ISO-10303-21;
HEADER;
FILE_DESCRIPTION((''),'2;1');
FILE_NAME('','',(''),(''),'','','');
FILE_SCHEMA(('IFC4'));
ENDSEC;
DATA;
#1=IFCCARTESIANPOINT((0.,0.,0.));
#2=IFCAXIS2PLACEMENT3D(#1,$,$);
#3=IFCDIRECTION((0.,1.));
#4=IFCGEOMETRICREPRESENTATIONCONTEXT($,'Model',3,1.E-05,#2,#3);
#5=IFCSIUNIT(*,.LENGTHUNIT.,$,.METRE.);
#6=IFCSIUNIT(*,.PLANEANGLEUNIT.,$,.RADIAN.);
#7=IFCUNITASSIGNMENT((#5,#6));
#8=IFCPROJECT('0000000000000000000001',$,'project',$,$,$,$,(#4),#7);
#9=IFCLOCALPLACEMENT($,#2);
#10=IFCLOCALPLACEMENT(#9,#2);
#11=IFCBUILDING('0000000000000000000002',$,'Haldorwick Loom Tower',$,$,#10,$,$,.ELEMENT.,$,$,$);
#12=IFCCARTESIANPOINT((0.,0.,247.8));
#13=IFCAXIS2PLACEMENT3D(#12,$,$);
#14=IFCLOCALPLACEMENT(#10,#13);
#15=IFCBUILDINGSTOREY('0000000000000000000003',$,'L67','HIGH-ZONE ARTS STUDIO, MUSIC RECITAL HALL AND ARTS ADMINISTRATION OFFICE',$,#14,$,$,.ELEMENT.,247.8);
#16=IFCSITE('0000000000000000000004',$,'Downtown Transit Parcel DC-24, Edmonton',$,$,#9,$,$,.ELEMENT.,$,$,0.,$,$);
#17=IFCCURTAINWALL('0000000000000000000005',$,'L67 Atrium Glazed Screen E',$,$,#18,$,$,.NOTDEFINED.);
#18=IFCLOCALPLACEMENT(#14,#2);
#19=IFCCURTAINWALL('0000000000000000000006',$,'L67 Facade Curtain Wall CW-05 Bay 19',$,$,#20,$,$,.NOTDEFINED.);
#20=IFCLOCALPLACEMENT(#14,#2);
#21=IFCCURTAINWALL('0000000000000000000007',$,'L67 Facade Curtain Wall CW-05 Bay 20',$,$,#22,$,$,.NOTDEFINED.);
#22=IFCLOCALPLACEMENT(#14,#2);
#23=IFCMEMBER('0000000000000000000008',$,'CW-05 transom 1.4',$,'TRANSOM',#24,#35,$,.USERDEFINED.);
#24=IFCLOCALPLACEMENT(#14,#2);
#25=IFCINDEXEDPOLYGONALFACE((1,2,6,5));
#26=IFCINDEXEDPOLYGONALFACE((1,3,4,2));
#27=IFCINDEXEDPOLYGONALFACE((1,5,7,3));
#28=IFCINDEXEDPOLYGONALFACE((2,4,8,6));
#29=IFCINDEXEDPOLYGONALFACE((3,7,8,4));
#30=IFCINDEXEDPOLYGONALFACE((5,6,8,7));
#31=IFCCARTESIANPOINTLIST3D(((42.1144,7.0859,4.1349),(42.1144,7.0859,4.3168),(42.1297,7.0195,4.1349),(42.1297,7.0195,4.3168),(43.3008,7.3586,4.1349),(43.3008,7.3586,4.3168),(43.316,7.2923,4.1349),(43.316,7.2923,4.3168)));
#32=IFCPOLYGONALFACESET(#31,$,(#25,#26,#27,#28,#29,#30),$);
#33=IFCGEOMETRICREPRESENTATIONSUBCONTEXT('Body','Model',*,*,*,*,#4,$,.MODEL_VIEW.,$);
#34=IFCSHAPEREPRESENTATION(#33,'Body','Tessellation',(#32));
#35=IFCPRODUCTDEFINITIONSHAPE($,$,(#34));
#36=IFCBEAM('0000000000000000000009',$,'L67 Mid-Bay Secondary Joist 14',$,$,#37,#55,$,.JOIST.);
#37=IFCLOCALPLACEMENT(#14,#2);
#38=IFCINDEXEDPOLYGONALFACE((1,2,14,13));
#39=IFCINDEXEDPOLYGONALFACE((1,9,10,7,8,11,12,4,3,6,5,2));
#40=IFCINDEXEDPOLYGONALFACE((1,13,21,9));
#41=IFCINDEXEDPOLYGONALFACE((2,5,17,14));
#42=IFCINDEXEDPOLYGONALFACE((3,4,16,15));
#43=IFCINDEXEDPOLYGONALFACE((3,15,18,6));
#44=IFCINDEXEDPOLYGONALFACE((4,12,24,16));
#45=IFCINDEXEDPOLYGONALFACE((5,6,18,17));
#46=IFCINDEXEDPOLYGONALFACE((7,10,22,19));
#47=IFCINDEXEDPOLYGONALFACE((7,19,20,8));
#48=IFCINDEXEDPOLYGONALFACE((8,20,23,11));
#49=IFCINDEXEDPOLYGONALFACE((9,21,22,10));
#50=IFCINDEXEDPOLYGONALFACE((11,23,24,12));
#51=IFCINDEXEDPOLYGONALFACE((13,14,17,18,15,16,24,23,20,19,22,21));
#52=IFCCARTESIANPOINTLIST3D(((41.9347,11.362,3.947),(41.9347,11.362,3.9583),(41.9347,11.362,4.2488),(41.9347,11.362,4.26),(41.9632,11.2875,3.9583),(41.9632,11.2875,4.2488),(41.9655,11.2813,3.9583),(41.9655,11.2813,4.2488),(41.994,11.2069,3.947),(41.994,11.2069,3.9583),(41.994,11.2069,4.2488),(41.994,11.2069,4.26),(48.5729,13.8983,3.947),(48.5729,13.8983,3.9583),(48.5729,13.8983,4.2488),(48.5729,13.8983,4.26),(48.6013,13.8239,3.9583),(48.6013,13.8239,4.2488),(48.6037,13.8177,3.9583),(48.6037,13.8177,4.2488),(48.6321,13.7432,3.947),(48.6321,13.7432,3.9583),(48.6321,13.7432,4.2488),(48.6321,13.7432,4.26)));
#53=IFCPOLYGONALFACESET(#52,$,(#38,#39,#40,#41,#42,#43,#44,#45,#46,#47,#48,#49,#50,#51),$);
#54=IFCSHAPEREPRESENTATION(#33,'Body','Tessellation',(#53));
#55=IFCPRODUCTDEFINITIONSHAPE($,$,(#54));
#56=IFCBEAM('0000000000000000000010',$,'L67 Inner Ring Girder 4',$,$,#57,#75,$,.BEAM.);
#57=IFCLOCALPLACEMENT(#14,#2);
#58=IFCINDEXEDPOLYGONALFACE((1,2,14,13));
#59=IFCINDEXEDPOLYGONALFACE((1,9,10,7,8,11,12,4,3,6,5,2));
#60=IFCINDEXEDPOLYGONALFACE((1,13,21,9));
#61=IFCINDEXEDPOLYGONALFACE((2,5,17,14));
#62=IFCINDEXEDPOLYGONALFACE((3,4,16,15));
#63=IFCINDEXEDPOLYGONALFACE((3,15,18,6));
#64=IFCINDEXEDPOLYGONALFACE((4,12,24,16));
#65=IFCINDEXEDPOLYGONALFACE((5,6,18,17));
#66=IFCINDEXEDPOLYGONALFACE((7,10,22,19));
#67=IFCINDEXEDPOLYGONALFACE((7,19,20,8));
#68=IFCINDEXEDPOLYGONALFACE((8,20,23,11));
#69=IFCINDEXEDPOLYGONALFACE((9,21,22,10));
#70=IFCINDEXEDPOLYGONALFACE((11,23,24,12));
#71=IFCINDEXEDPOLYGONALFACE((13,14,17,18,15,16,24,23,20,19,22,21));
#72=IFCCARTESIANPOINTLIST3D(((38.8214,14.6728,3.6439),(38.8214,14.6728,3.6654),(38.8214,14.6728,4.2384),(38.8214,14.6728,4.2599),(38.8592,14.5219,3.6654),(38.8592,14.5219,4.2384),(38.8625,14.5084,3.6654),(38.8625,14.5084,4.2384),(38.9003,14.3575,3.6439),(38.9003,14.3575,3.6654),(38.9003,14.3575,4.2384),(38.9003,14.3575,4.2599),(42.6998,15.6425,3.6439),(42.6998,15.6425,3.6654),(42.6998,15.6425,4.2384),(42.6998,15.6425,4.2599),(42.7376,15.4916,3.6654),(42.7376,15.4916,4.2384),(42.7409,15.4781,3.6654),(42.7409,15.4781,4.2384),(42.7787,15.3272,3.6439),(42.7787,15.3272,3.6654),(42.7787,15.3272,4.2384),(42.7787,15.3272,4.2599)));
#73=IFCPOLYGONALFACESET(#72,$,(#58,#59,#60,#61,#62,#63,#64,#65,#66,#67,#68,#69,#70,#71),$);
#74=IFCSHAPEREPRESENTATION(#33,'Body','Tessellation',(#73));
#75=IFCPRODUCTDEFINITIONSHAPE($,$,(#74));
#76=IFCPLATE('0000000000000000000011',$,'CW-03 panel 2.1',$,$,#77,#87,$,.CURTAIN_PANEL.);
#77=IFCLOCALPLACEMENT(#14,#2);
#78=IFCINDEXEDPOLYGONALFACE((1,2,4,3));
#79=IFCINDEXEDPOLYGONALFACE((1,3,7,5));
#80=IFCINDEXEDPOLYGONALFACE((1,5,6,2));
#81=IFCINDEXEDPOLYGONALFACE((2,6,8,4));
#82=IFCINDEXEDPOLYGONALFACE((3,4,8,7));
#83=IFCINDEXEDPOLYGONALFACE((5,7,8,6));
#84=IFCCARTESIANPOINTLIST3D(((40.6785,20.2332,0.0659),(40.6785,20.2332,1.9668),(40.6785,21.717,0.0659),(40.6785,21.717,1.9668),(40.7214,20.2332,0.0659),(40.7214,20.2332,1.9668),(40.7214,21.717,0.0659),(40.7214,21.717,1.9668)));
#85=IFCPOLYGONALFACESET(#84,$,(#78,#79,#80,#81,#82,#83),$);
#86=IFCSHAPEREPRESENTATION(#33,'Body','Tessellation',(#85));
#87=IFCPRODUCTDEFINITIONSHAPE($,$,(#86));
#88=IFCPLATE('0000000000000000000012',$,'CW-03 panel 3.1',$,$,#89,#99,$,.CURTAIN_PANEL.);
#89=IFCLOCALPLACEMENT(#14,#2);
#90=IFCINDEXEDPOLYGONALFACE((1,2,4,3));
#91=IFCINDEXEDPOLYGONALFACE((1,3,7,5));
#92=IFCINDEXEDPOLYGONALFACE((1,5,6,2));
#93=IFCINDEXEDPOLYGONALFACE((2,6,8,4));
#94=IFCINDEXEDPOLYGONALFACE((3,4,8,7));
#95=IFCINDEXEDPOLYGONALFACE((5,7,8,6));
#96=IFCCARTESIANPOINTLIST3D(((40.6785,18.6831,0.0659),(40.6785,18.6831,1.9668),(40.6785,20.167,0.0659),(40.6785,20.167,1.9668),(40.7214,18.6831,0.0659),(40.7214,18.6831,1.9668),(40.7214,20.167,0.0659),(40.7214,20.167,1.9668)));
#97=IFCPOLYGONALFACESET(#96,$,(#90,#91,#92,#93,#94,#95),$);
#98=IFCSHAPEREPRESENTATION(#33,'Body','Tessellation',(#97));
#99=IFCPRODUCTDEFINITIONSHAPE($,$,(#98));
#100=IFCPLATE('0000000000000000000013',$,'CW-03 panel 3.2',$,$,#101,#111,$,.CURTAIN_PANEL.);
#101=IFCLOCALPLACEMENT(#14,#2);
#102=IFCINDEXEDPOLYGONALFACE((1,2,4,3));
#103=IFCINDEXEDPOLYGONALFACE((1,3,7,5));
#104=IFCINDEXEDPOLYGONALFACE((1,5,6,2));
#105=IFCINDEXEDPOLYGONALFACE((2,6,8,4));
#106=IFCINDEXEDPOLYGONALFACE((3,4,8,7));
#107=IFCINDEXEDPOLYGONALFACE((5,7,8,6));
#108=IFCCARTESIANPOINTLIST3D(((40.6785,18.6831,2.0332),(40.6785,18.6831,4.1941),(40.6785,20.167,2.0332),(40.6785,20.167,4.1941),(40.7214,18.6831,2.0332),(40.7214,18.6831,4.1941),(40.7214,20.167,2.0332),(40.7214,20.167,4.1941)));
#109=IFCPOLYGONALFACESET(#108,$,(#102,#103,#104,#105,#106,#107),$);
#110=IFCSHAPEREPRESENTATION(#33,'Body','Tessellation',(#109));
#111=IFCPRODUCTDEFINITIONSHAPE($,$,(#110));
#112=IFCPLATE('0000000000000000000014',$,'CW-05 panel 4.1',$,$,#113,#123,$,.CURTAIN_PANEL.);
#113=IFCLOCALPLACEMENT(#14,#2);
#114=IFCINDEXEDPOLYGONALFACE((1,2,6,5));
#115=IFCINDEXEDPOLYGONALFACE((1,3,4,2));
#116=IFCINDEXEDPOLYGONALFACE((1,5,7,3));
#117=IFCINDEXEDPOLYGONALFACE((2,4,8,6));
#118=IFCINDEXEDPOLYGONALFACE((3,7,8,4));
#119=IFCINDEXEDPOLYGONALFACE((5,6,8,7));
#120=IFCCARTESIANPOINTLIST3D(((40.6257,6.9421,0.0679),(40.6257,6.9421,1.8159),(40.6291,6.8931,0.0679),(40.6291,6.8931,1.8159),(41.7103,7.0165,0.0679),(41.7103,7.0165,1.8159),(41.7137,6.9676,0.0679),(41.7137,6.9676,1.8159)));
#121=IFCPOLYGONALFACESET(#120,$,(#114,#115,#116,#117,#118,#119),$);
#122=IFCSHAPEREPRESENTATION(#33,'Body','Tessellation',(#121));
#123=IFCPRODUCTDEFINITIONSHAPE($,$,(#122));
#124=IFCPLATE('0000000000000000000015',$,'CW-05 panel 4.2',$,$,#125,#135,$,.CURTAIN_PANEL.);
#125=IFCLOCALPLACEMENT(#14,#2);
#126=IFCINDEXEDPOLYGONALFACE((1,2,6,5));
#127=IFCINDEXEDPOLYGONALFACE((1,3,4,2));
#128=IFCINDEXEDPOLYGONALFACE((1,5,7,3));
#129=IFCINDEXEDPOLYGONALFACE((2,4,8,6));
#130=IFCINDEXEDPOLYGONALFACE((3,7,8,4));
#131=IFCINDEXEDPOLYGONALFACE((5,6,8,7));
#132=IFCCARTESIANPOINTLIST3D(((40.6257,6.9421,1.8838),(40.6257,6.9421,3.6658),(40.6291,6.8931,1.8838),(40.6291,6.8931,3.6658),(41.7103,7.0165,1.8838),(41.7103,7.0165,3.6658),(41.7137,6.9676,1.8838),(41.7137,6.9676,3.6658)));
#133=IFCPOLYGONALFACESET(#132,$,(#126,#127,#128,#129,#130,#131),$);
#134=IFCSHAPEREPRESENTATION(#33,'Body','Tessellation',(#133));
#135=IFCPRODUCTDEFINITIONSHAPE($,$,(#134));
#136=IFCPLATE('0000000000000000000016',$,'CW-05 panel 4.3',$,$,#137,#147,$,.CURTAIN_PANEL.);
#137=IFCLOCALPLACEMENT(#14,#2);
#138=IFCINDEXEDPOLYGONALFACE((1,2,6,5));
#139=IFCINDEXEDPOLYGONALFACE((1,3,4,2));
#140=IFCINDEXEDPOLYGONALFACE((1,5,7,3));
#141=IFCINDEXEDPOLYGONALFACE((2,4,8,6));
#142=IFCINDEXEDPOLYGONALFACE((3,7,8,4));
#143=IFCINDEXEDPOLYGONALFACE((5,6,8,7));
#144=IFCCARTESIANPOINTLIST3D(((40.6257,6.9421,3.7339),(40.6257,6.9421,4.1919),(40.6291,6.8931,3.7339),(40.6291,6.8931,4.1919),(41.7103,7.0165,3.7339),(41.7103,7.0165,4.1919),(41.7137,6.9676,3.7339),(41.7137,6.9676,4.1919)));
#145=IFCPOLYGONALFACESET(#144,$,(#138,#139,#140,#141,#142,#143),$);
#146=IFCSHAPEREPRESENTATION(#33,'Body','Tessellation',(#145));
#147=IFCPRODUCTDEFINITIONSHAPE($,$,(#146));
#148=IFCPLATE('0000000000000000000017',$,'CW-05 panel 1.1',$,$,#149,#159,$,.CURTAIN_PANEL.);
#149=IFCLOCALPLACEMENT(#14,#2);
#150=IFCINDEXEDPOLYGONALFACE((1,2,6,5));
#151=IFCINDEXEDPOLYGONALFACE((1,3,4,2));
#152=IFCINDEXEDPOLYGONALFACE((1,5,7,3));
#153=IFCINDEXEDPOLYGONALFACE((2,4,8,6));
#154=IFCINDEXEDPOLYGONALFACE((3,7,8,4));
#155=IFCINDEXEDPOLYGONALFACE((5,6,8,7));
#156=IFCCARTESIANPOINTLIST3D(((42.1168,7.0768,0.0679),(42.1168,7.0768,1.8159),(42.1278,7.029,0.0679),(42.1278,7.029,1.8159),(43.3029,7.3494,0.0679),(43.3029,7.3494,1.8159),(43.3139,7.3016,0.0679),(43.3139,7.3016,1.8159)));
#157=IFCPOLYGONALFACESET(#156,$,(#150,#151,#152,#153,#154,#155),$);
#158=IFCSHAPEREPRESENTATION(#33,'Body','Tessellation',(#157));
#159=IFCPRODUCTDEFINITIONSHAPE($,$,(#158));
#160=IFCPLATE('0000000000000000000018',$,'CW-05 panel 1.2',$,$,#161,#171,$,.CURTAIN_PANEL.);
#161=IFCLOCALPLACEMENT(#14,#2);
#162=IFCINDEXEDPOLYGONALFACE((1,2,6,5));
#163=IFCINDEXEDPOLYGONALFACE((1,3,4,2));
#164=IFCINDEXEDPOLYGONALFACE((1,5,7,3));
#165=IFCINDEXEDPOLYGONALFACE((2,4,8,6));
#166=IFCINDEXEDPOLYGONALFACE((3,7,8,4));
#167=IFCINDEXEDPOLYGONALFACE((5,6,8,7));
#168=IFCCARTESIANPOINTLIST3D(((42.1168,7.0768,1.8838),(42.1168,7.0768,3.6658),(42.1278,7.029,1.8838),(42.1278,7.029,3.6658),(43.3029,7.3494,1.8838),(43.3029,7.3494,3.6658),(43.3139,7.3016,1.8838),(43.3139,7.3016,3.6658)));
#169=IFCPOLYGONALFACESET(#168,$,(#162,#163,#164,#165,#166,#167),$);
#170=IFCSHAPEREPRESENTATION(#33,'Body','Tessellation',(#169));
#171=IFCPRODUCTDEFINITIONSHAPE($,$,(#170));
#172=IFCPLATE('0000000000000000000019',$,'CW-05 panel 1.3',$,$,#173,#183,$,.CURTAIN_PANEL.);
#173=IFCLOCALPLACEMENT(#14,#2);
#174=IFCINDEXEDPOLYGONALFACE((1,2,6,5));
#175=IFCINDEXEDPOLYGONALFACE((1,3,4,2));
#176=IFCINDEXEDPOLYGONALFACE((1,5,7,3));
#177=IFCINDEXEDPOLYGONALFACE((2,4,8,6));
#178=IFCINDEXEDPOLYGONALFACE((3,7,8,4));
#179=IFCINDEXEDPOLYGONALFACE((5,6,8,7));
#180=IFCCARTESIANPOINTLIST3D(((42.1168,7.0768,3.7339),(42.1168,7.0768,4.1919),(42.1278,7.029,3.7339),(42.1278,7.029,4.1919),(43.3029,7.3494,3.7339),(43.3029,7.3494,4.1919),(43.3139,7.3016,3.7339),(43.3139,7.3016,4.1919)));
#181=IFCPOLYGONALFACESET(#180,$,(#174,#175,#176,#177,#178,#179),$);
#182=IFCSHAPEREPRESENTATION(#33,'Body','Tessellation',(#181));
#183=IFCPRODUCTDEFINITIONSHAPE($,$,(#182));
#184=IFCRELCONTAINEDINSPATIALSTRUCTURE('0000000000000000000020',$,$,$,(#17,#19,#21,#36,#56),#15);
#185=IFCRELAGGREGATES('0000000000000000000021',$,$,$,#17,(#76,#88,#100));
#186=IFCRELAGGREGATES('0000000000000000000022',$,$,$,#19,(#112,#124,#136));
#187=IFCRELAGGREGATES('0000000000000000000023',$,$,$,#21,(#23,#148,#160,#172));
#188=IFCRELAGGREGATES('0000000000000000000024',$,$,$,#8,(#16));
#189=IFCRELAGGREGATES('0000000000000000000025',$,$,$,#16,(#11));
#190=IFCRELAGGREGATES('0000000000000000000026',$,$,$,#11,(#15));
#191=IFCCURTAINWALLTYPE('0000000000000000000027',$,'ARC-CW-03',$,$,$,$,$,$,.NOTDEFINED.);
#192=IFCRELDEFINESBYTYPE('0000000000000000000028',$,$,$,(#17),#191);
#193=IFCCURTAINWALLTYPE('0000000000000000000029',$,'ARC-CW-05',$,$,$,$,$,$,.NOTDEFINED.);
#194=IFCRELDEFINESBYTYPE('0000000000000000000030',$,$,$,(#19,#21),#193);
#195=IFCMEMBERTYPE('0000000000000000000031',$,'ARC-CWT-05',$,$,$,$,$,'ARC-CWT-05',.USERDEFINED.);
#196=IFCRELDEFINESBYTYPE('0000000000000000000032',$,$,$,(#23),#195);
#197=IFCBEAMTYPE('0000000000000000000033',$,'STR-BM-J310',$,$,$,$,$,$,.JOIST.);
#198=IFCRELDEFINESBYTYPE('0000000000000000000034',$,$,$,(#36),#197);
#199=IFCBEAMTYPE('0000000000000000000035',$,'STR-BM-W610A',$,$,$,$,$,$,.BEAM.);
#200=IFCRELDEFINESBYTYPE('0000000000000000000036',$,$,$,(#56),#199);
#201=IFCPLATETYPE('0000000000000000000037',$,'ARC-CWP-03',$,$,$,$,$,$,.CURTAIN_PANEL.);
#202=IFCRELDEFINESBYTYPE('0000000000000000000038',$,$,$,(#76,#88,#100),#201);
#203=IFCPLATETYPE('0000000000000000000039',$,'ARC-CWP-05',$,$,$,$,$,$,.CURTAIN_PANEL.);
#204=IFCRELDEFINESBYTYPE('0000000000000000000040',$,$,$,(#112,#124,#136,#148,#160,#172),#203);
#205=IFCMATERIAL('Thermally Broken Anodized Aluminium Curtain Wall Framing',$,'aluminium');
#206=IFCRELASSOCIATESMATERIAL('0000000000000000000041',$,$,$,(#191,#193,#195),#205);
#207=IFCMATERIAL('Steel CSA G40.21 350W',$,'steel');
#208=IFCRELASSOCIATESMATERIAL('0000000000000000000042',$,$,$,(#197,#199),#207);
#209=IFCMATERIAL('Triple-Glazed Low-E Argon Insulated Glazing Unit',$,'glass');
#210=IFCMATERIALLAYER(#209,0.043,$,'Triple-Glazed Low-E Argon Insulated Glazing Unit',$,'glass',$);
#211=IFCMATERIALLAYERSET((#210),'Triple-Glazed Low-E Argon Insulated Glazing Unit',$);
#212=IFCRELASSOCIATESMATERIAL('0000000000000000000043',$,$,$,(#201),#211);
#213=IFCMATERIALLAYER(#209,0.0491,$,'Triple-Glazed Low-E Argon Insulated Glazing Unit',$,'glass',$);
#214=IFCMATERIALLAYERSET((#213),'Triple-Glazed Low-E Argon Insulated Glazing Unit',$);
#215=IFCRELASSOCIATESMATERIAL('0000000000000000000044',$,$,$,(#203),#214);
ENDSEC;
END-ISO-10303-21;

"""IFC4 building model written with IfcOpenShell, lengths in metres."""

from ifc_helpers import new_model, si_unit, direction, frame, origin, origin_2d, place, context, subcontext, project, spatial, rectangle, i_section, extrude, material, layer, layer_set, material_profile, profile_set, type_object, element, aggregate, save


model = new_model("IFC4")

# Units and contexts
model_context = context("Model", 3, precision=1e-05, world=origin(), true_north=direction((0.0, 1.0)))
body_context = subcontext(model_context, "Body", "Model", "MODEL_VIEW")
ifc_project = project(units=[si_unit("LENGTHUNIT", "METRE"), si_unit("PLANEANGLEUNIT", "RADIAN")], contexts=[model_context])

# Site, building, storey
site_placement = place(None, origin())
site = spatial("IfcSite", under=ifc_project, at=site_placement, Name="Downtown Transit Parcel DC-24, Edmonton", CompositionType="ELEMENT", RefElevation=0.0)
building_placement = place(site_placement, origin())
building = spatial("IfcBuilding", under=site, at=building_placement, Name="Haldorwick Loom Tower", CompositionType="ELEMENT")
storey_placement = place(building_placement, frame((0.0, 0.0, 247.8)))
storey = spatial("IfcBuildingStorey", under=building, at=storey_placement, Name="L67", Description="HIGH-ZONE ARTS STUDIO, MUSIC RECITAL HALL AND ARTS ADMINISTRATION OFFICE", CompositionType="ELEMENT", Elevation=247.8)

# Curtain wall
ifc_material_1 = material(Name="Thermally Broken Anodized Aluminium Curtain Wall Framing", Category="aluminium")
curtain_wall_type_1 = type_object("IfcCurtainWallType", Name="ARC-CW-03", PredefinedType="NOTDEFINED", material=ifc_material_1)
curtain_wall_1_placement = place(storey_placement, origin())
curtain_wall_1 = element("IfcCurtainWall", 1, at=curtain_wall_1_placement, inside=storey, type_object=curtain_wall_type_1, Name="L67 Atrium Glazed Screen E", PredefinedType="NOTDEFINED")

# Curtain wall
curtain_wall_type_2 = type_object("IfcCurtainWallType", Name="ARC-CW-05", PredefinedType="NOTDEFINED", material=ifc_material_1)
curtain_wall_2_placement = place(storey_placement, origin())
curtain_wall_2 = element("IfcCurtainWall", 2, at=curtain_wall_2_placement, inside=storey, type_object=curtain_wall_type_2, Name="L67 Facade Curtain Wall CW-05 Bay 19", PredefinedType="NOTDEFINED")

# Curtain wall
curtain_wall_3_placement = place(storey_placement, origin())
curtain_wall_3 = element("IfcCurtainWall", 3, at=curtain_wall_3_placement, inside=storey, type_object=curtain_wall_type_2, Name="L67 Facade Curtain Wall CW-05 Bay 20", PredefinedType="NOTDEFINED")

# Member
ifc_material_profile_1 = material_profile(ifc_material_1, rectangle(XDim=0.0681, YDim=0.1819, at=origin_2d()), Name="ALU_TRN_68X182", Category="aluminium")
ifc_profile_set_1 = profile_set([ifc_material_profile_1], Name="Thermally Broken Anodized Aluminium Curtain Wall Framing")
member_type_1 = type_object("IfcMemberType", Name="ARC-CWT-05", ElementType="ARC-CWT-05", PredefinedType="USERDEFINED", material=ifc_profile_set_1)
member_1_placement = place(storey_placement, frame((42.1221, 7.0527, 4.2258), z_axis=(0.97458, 0.224039, 0.0), x_axis=(-0.224039, 0.97458, 0.0)))
member_1 = element("IfcMember", 4, at=member_1_placement, type_object=member_type_1, Name="CW-05 transom 1.4", ObjectType="TRANSOM", PredefinedType="USERDEFINED", context=body_context, shape_type="SweptSolid", body=[
    extrude(rectangle(XDim=0.0681, YDim=0.1819, at=origin_2d()), origin(), (0.0, 0.0, 1.0), 1.2173),
])

# Beams
ifc_material_2 = material(Name="Steel CSA G40.21 350W", Category="steel")
ifc_material_profile_2 = material_profile(ifc_material_2, i_section(OverallWidth=0.166, OverallDepth=0.313, WebThickness=0.0066, FlangeThickness=0.0112, at=origin_2d()), Name="W310X45", Category="steel")
ifc_profile_set_2 = profile_set([ifc_material_profile_2], Name="Steel CSA G40.21 350W")
beam_type_1 = type_object("IfcBeamType", Name="STR-BM-J310", PredefinedType="JOIST", material=ifc_profile_set_2)
beam_1_placement = place(storey_placement, frame((41.9644, 11.2844, 4.1035), z_axis=(0.934134, 0.356922, 0.0), x_axis=(-0.356922, 0.934134, 0.0)))
element("IfcBeam", 5, at=beam_1_placement, inside=storey, type_object=beam_type_1, Name="L67 Mid-Bay Secondary Joist 14", PredefinedType="JOIST", context=body_context, shape_type="SweptSolid", body=[
    extrude(i_section(OverallWidth=0.166, OverallDepth=0.313, WebThickness=0.0066, FlangeThickness=0.0112, at=origin_2d()), origin(), (0.0, 0.0, 1.0), 7.1062),
])
ifc_material_profile_3 = material_profile(ifc_material_2, i_section(OverallWidth=0.325, OverallDepth=0.616, WebThickness=0.0139, FlangeThickness=0.0215, at=origin_2d()), Name="W610X174", Category="steel")
ifc_profile_set_3 = profile_set([ifc_material_profile_3], Name="Steel CSA G40.21 350W")
beam_type_2 = type_object("IfcBeamType", Name="STR-BM-W610A", PredefinedType="BEAM", material=ifc_profile_set_3)
beam_2_placement = place(storey_placement, frame((42.7393, 15.4849, 3.9519), z_axis=(-0.970135, -0.242564, 0.0), x_axis=(0.242564, -0.970135, 0.0)))
element("IfcBeam", 6, at=beam_2_placement, inside=storey, type_object=beam_type_2, Name="L67 Inner Ring Girder 4", PredefinedType="BEAM", context=body_context, shape_type="SweptSolid", body=[
    extrude(i_section(OverallWidth=0.325, OverallDepth=0.616, WebThickness=0.0139, FlangeThickness=0.0215, at=origin_2d()), origin(), (0.0, 0.0, 1.0), 3.9978),
])

# Plates
ifc_material_3 = material(Name="Triple-Glazed Low-E Argon Insulated Glazing Unit", Category="glass")
ifc_layer_1 = layer(ifc_material_3, 0.043, Name="Triple-Glazed Low-E Argon Insulated Glazing Unit", Category="glass")
ifc_layer_set_1 = layer_set([ifc_layer_1], Name="Triple-Glazed Low-E Argon Insulated Glazing Unit")
plate_type_1 = type_object("IfcPlateType", Name="ARC-CWP-03", PredefinedType="CURTAIN_PANEL", material=ifc_layer_set_1)
plate_1_placement = place(storey_placement, frame((40.7, 20.9751, 0.0659), z_axis=(0.0, 0.0, 1.0), x_axis=(0.0, -1.0, 0.0)))
plate_1 = element("IfcPlate", 7, at=plate_1_placement, type_object=plate_type_1, Name="CW-03 panel 2.1", PredefinedType="CURTAIN_PANEL", context=body_context, shape_type="SweptSolid", body=[
    extrude(rectangle(XDim=1.4839, YDim=0.043, at=origin_2d()), origin(), (0.0, 0.0, 1.0), 1.9009),
])
plate_2_placement = place(storey_placement, frame((40.7, 19.425, 0.0659), z_axis=(0.0, 0.0, 1.0), x_axis=(0.0, -1.0, 0.0)))
plate_2 = element("IfcPlate", 8, at=plate_2_placement, type_object=plate_type_1, Name="CW-03 panel 3.1", PredefinedType="CURTAIN_PANEL", context=body_context, shape_type="SweptSolid", body=[
    extrude(rectangle(XDim=1.4839, YDim=0.043, at=origin_2d()), origin(), (0.0, 0.0, 1.0), 1.9009),
])
plate_3_placement = place(storey_placement, frame((40.7, 19.425, 2.0332), z_axis=(0.0, 0.0, 1.0), x_axis=(0.0, -1.0, 0.0)))
plate_3 = element("IfcPlate", 9, at=plate_3_placement, type_object=plate_type_1, Name="CW-03 panel 3.2", PredefinedType="CURTAIN_PANEL", context=body_context, shape_type="SweptSolid", body=[
    extrude(rectangle(XDim=1.4839, YDim=0.043, at=origin_2d()), origin(), (0.0, 0.0, 1.0), 2.1609),
])
aggregate(curtain_wall_1, [plate_1, plate_2, plate_3])
ifc_layer_2 = layer(ifc_material_3, 0.0491, Name="Triple-Glazed Low-E Argon Insulated Glazing Unit", Category="glass")
ifc_layer_set_2 = layer_set([ifc_layer_2], Name="Triple-Glazed Low-E Argon Insulated Glazing Unit")
plate_type_2 = type_object("IfcPlateType", Name="ARC-CWP-05", PredefinedType="CURTAIN_PANEL", material=ifc_layer_set_2)
plate_4_placement = place(storey_placement, frame((41.1697, 6.9548, 0.0679), z_axis=(0.0, 0.0, 1.0), x_axis=(0.997654, 0.068454, 0.0)))
plate_4 = element("IfcPlate", 10, at=plate_4_placement, type_object=plate_type_2, Name="CW-05 panel 4.1", PredefinedType="CURTAIN_PANEL", context=body_context, shape_type="SweptSolid", body=[
    extrude(rectangle(XDim=1.0872, YDim=0.0491, at=origin_2d()), origin(), (0.0, 0.0, 1.0), 1.748),
])
plate_5_placement = place(storey_placement, frame((41.1697, 6.9548, 1.8838), z_axis=(0.0, 0.0, 1.0), x_axis=(0.997654, 0.068454, 0.0)))
plate_5 = element("IfcPlate", 11, at=plate_5_placement, type_object=plate_type_2, Name="CW-05 panel 4.2", PredefinedType="CURTAIN_PANEL", context=body_context, shape_type="SweptSolid", body=[
    extrude(rectangle(XDim=1.0872, YDim=0.0491, at=origin_2d()), origin(), (0.0, 0.0, 1.0), 1.782),
])
plate_6_placement = place(storey_placement, frame((41.1697, 6.9548, 3.7339), z_axis=(0.0, 0.0, 1.0), x_axis=(0.997654, 0.068454, 0.0)))
plate_6 = element("IfcPlate", 12, at=plate_6_placement, type_object=plate_type_2, Name="CW-05 panel 4.3", PredefinedType="CURTAIN_PANEL", context=body_context, shape_type="SweptSolid", body=[
    extrude(rectangle(XDim=1.0872, YDim=0.0491, at=origin_2d()), origin(), (0.0, 0.0, 1.0), 0.458),
])
aggregate(curtain_wall_2, [plate_4, plate_5, plate_6])
plate_7_placement = place(storey_placement, frame((42.7153, 7.1892, 0.0679), z_axis=(0.0, 0.0, 1.0), x_axis=(0.974601, 0.223949, 0.0)))
plate_7 = element("IfcPlate", 13, at=plate_7_placement, type_object=plate_type_2, Name="CW-05 panel 1.1", PredefinedType="CURTAIN_PANEL", context=body_context, shape_type="SweptSolid", body=[
    extrude(rectangle(XDim=1.217, YDim=0.0491, at=origin_2d()), origin(), (0.0, 0.0, 1.0), 1.748),
])
plate_8_placement = place(storey_placement, frame((42.7153, 7.1892, 1.8838), z_axis=(0.0, 0.0, 1.0), x_axis=(0.974601, 0.223949, 0.0)))
plate_8 = element("IfcPlate", 14, at=plate_8_placement, type_object=plate_type_2, Name="CW-05 panel 1.2", PredefinedType="CURTAIN_PANEL", context=body_context, shape_type="SweptSolid", body=[
    extrude(rectangle(XDim=1.217, YDim=0.0491, at=origin_2d()), origin(), (0.0, 0.0, 1.0), 1.782),
])
plate_9_placement = place(storey_placement, frame((42.7153, 7.1892, 3.7339), z_axis=(0.0, 0.0, 1.0), x_axis=(0.974601, 0.223949, 0.0)))
plate_9 = element("IfcPlate", 15, at=plate_9_placement, type_object=plate_type_2, Name="CW-05 panel 1.3", PredefinedType="CURTAIN_PANEL", context=body_context, shape_type="SweptSolid", body=[
    extrude(rectangle(XDim=1.217, YDim=0.0491, at=origin_2d()), origin(), (0.0, 0.0, 1.0), 0.458),
])
aggregate(curtain_wall_3, [member_1, plate_7, plate_8, plate_9])

save(model, "model.ifc")
